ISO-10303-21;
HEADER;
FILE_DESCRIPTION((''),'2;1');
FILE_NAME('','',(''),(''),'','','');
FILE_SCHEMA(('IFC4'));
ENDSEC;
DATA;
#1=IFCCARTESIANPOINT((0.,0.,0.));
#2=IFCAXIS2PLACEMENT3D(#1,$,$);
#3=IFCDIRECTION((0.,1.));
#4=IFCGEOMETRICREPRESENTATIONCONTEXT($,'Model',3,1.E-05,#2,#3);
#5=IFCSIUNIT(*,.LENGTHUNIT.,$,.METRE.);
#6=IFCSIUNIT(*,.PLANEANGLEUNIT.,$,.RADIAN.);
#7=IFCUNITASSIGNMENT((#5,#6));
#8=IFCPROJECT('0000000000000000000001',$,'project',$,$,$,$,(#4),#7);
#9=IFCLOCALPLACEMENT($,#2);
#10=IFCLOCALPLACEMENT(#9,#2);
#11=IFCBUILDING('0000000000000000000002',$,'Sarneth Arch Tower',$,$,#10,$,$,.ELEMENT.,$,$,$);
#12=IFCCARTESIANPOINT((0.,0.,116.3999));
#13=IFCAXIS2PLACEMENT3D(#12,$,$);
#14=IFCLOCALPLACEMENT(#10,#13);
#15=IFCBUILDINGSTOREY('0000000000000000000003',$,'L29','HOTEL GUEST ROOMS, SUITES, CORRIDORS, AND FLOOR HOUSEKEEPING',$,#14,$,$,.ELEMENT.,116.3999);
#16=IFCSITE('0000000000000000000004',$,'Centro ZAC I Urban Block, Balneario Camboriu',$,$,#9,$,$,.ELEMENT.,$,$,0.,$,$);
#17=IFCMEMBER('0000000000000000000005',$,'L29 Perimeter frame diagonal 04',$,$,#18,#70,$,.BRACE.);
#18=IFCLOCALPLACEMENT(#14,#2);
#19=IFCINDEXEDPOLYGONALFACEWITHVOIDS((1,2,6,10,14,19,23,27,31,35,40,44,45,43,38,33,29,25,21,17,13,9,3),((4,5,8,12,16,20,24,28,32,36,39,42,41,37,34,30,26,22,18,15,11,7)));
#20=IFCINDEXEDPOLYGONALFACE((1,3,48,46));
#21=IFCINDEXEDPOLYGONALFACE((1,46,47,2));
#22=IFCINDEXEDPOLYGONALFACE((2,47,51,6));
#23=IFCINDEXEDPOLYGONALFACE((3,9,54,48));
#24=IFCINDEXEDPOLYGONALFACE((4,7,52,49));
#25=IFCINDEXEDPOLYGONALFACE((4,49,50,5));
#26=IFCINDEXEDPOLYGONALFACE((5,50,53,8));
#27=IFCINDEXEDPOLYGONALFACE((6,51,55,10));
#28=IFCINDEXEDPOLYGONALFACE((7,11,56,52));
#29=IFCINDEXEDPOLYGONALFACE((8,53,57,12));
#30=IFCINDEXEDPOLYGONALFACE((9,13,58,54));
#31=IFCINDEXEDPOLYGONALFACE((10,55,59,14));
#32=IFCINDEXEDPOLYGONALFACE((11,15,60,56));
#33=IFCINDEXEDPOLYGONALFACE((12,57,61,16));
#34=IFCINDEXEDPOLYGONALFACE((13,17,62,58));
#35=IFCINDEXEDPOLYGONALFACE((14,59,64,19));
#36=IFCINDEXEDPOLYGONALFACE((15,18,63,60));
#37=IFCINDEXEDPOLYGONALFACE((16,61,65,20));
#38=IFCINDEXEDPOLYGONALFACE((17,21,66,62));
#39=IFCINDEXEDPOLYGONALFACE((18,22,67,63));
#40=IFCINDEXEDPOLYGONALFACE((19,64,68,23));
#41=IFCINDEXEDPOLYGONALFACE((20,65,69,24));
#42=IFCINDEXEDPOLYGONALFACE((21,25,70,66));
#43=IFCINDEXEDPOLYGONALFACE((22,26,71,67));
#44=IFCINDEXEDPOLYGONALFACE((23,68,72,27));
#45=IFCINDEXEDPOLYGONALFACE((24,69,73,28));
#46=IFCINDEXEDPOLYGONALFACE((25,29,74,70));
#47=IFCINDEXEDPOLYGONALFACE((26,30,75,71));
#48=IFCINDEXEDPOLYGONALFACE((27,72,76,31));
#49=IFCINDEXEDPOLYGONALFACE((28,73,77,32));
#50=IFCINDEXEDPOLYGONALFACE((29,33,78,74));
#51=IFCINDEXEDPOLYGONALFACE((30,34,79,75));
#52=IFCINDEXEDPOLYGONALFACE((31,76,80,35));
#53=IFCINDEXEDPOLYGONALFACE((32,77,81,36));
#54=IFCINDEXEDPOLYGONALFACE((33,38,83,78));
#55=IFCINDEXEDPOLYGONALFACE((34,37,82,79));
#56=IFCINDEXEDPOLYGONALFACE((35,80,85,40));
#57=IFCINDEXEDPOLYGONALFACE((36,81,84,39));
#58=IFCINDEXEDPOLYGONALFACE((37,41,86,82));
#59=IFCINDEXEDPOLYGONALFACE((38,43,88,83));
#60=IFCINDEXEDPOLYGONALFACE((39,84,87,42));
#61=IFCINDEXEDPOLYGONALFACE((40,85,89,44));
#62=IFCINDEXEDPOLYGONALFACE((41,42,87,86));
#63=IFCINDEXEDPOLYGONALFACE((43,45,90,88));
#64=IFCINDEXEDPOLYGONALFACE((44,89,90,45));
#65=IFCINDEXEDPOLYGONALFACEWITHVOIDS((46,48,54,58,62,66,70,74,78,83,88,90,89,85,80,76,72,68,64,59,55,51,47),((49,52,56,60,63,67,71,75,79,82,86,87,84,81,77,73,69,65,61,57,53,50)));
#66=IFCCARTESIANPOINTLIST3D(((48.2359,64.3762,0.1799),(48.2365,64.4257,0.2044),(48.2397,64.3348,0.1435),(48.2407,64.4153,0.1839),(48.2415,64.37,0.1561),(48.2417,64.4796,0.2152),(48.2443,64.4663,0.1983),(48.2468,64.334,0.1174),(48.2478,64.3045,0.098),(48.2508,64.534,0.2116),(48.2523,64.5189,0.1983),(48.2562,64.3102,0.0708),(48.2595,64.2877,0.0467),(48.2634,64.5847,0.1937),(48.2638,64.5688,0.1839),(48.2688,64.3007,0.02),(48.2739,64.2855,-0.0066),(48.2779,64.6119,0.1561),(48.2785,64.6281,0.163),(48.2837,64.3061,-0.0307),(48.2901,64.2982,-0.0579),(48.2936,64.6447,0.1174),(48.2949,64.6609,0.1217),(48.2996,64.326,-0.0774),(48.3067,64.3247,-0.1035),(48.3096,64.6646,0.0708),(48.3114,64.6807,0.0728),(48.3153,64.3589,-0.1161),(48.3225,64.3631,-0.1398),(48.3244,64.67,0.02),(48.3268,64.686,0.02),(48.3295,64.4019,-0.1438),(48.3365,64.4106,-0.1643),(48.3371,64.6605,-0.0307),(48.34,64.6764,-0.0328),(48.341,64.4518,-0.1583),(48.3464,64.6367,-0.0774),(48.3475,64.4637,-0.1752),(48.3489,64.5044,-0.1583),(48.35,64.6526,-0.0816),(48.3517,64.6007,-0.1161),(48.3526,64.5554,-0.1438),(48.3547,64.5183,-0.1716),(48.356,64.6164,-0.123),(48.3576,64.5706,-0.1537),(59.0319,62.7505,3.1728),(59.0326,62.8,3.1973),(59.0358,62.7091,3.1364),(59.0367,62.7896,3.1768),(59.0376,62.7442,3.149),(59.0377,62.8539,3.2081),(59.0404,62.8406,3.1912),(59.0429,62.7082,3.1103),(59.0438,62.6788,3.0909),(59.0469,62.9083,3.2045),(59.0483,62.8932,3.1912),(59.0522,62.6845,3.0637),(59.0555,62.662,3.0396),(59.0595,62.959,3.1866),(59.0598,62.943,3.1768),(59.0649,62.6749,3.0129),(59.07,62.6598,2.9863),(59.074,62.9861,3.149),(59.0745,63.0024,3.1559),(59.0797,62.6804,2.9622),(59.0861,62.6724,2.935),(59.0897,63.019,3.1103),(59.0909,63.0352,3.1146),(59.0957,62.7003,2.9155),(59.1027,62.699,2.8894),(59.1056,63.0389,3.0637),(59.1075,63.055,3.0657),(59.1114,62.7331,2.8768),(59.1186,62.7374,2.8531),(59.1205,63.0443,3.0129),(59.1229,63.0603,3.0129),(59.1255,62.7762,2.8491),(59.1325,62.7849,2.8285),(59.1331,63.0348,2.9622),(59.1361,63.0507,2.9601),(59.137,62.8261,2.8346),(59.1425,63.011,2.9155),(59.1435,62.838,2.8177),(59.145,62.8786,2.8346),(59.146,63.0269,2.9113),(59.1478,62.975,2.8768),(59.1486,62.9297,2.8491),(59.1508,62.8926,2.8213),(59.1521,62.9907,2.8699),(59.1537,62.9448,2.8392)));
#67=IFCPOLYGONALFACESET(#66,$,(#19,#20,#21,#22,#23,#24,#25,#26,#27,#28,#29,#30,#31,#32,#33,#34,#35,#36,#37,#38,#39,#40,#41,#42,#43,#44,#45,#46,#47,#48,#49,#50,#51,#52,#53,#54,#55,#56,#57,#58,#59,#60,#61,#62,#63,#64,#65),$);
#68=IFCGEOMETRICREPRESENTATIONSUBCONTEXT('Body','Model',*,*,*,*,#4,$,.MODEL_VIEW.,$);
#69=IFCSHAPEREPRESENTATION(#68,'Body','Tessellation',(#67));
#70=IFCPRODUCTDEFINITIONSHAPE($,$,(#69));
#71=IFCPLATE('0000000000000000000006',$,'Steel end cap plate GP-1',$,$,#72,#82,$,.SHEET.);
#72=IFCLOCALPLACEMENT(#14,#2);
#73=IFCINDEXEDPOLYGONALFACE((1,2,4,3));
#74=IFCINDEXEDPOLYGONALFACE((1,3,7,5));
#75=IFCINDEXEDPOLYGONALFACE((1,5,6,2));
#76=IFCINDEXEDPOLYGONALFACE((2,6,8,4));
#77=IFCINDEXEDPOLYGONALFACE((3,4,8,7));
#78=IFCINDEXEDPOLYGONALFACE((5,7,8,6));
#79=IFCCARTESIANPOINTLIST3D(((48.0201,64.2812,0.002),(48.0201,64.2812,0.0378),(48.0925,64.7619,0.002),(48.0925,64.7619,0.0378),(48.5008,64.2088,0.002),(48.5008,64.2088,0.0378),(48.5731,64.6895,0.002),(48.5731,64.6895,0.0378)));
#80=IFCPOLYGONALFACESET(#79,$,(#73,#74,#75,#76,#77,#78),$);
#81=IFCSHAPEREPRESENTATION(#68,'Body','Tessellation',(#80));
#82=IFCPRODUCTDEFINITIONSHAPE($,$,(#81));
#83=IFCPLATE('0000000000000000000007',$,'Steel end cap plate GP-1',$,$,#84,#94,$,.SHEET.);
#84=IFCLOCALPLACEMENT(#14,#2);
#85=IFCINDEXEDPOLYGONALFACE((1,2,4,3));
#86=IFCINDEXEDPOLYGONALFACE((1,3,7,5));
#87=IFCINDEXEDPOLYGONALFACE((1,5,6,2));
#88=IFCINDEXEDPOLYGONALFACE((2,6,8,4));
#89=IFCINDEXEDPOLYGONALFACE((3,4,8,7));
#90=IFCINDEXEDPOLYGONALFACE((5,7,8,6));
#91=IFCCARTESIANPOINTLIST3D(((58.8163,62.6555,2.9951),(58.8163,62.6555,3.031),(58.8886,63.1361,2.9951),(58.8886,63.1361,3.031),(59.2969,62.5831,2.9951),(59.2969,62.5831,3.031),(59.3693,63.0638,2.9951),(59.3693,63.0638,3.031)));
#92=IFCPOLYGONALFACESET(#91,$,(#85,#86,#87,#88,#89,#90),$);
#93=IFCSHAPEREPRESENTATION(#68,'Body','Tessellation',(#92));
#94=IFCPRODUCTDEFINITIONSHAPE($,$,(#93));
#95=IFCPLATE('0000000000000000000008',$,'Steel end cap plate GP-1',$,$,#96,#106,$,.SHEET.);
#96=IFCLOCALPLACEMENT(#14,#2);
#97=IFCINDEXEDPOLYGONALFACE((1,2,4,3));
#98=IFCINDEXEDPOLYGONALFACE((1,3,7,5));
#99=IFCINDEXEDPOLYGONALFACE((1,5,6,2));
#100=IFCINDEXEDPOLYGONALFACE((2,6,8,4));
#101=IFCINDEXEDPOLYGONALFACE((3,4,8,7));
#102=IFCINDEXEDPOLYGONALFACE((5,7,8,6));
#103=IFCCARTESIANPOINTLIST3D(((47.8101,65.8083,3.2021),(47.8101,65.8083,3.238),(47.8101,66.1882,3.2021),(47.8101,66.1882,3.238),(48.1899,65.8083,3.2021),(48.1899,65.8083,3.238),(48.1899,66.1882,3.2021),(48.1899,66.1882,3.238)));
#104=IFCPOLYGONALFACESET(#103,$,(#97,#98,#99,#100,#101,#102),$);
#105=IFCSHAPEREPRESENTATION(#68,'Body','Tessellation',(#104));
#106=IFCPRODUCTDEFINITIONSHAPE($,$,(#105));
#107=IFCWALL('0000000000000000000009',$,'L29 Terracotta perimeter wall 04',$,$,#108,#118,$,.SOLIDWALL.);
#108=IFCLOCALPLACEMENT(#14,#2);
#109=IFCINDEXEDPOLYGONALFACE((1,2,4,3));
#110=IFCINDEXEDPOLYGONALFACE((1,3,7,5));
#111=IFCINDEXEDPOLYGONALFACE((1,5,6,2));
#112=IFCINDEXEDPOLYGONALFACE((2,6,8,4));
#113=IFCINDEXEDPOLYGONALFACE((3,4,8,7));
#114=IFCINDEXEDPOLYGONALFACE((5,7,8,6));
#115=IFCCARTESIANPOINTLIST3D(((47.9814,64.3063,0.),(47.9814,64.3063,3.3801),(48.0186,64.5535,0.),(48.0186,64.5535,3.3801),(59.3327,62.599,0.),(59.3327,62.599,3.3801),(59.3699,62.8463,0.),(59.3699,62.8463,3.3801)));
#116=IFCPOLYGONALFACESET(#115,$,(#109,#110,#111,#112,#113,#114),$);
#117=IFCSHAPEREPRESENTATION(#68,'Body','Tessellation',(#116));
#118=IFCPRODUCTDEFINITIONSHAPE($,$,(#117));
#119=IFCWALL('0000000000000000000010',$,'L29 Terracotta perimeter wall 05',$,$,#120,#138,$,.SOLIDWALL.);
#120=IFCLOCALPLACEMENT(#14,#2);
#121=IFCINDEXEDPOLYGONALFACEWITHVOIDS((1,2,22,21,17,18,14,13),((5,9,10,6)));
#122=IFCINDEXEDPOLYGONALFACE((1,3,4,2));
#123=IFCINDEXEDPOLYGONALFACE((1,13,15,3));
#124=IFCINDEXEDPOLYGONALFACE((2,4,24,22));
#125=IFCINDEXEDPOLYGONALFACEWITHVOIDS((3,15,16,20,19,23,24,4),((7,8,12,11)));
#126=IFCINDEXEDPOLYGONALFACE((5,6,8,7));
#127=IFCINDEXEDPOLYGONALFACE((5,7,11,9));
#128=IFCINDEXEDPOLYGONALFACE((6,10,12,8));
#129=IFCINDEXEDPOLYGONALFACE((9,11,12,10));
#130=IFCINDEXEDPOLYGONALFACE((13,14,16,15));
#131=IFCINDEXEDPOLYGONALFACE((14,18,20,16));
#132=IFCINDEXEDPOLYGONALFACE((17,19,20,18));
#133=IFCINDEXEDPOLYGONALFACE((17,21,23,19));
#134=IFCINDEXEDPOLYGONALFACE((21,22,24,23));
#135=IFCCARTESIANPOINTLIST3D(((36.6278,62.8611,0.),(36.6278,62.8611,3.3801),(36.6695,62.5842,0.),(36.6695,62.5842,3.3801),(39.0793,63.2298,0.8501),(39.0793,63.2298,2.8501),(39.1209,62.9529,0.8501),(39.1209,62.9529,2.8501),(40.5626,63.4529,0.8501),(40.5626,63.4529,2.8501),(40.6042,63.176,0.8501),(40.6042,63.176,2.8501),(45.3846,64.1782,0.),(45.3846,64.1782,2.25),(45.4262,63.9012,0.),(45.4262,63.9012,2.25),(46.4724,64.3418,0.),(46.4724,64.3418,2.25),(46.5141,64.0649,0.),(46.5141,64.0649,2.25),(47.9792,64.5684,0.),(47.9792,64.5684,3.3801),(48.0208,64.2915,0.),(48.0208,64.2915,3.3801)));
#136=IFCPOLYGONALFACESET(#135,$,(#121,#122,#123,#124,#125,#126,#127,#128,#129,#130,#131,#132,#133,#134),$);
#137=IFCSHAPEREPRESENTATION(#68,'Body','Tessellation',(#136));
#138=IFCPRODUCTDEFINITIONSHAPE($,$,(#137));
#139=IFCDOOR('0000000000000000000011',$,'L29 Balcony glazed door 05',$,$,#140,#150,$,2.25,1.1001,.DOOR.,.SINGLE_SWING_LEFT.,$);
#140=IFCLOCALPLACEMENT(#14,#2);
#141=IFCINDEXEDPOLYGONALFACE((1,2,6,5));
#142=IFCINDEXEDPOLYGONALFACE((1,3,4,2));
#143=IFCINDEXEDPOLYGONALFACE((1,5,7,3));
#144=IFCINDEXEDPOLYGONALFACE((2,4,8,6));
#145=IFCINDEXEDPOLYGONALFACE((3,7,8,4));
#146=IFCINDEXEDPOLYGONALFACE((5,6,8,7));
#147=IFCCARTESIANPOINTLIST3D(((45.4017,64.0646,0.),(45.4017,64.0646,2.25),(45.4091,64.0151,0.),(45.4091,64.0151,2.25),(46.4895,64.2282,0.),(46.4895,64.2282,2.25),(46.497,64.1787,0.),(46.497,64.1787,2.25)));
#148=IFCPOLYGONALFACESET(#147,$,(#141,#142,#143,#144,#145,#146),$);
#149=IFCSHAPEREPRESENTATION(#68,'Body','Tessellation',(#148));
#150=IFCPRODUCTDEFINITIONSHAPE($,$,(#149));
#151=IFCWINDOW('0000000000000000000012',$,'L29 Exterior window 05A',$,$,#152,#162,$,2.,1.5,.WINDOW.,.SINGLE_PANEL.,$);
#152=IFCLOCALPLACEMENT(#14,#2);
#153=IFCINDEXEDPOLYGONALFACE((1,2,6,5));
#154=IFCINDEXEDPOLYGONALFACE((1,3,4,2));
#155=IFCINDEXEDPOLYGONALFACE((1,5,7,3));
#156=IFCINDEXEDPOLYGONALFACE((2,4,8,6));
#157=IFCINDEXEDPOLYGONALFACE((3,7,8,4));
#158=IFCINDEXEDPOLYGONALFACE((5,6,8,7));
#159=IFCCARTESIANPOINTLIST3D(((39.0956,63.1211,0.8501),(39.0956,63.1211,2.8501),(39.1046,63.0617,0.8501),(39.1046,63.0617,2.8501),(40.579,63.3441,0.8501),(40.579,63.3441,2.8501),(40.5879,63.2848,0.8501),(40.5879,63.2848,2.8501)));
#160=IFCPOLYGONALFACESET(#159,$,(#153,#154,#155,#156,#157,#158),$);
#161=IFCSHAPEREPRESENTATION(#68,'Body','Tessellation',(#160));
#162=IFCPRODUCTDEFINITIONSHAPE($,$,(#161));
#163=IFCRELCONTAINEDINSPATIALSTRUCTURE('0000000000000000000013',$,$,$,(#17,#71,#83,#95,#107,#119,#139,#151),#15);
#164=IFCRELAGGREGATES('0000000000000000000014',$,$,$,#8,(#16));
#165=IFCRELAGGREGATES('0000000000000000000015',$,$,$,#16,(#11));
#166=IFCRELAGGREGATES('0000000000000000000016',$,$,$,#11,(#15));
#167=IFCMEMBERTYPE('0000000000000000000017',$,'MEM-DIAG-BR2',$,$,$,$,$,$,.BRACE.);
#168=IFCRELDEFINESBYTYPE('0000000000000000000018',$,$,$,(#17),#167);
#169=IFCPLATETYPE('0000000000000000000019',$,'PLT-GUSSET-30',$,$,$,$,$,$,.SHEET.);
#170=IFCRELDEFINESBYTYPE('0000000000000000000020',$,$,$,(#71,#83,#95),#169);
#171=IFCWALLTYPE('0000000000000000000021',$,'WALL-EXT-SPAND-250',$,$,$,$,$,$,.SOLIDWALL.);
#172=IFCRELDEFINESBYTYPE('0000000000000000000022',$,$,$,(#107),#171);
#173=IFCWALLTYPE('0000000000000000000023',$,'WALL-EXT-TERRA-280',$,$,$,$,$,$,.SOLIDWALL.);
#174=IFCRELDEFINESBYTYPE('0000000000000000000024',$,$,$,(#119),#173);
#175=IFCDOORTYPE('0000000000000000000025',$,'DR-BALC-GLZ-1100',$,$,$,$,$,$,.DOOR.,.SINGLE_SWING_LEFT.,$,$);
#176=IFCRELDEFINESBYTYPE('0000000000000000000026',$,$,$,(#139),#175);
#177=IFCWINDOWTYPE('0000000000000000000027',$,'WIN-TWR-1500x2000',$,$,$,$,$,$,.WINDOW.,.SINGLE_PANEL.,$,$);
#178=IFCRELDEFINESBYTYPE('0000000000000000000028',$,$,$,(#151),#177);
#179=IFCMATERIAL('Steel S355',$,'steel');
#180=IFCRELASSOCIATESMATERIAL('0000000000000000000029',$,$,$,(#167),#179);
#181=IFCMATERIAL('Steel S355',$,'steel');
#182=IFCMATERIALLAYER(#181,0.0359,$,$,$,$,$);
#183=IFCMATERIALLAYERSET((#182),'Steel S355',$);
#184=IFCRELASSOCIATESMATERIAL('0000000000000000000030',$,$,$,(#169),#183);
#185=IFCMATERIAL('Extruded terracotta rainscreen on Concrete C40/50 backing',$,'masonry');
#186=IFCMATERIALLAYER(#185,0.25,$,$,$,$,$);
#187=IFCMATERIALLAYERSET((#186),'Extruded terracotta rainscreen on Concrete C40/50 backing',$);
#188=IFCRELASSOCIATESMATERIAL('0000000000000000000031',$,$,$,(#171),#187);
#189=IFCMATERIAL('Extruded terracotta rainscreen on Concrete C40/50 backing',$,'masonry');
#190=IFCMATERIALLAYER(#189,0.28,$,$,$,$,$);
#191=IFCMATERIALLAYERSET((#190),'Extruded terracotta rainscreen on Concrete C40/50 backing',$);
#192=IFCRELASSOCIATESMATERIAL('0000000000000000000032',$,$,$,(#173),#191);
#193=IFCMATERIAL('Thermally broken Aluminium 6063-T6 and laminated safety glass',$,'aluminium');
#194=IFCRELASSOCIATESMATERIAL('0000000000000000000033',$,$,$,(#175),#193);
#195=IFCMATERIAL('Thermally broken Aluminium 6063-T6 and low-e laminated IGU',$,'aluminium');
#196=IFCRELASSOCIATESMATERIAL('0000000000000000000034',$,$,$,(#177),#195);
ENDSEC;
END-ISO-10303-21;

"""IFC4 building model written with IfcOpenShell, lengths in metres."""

from ifc_helpers import new_model, si_unit, direction, frame, frame_2d, origin, origin_2d, place, context, subcontext, project, spatial, rectangle, hollow_circle, extrude, material, layer, layer_set, material_profile, profile_set, type_object, element, fill, save


model = new_model("IFC4")

# Units and contexts
model_context = context("Model", 3, precision=1e-05, world=origin(), true_north=direction((0.0, 1.0)))
body_context = subcontext(model_context, "Body", "Model", "MODEL_VIEW")
ifc_project = project(units=[si_unit("LENGTHUNIT", "METRE"), si_unit("PLANEANGLEUNIT", "RADIAN")], contexts=[model_context])

# Site, building, storey
site_placement = place(None, origin())
site = spatial("IfcSite", under=ifc_project, at=site_placement, Name="Centro ZAC I Urban Block, Balneario Camboriu", CompositionType="ELEMENT", RefElevation=0.0)
building_placement = place(site_placement, origin())
building = spatial("IfcBuilding", under=site, at=building_placement, Name="Sarneth Arch Tower", CompositionType="ELEMENT")
storey_placement = place(building_placement, frame((0.0, 0.0, 116.3999)))
storey = spatial("IfcBuildingStorey", under=building, at=storey_placement, Name="L29", Description="HOTEL GUEST ROOMS, SUITES, CORRIDORS, AND FLOOR HOUSEKEEPING", CompositionType="ELEMENT", Elevation=116.3999)

# Member
ifc_material_1 = material(Name="Steel S355", Category="steel")
ifc_material_profile_1 = material_profile(ifc_material_1, hollow_circle(Radius=0.2029, WallThickness=0.0161, at=origin_2d()), Name="CHS406x16")
ifc_profile_set_1 = profile_set([ifc_material_profile_1], Name="Steel S355")
member_type_1 = type_object("IfcMemberType", Name="MEM-DIAG-BR2", PredefinedType="BRACE", material=ifc_profile_set_1)
member_1_placement = place(storey_placement, frame((48.2966, 64.4854, 0.02), z_axis=(0.953668, -0.143608, 0.264377), x_axis=(0.148906, 0.988851, 0.0)))
element("IfcMember", 1, at=member_1_placement, inside=storey, type_object=member_type_1, Name="L29 Perimeter frame diagonal 04", PredefinedType="BRACE", context=body_context, shape_type="SweptSolid", body=[
    extrude(hollow_circle(Radius=0.2029, WallThickness=0.0161, at=origin_2d()), origin(), (0.0, 0.0, 1.0), 11.3206),
])

# Plates
ifc_material_2 = material(Name="Steel S355", Category="steel")
ifc_layer_1 = layer(ifc_material_2, 0.0359)
ifc_layer_set_1 = layer_set([ifc_layer_1], Name="Steel S355")
plate_type = type_object("IfcPlateType", Name="PLT-GUSSET-30", PredefinedType="SHEET", material=ifc_layer_set_1)
for number, where, z_axis, x_axis, name in (
    (2, (48.2966, 64.4854, 0.002), (0.0, 0.0, 1.0), (-0.988861, 0.148845, 0.0), "Steel end cap plate GP-1"),
    (3, (59.0928, 62.8596, 2.9951), (0.0, 0.0, 1.0), (-0.988861, 0.148845, 0.0), "Steel end cap plate GP-1"),
):
    element("IfcPlate", number, at=place(storey_placement, frame(where, z_axis=z_axis, x_axis=x_axis)), inside=storey, type_object=plate_type, Name=name, PredefinedType="SHEET", context=body_context, shape_type="SweptSolid", body=[
        extrude(rectangle(XDim=0.4861, YDim=0.4861, at=origin_2d()), origin(), (0.0, 0.0, 1.0), 0.0359),
    ])
plate_placement = place(storey_placement, frame((48.0, 65.9983, 3.2021), z_axis=(0.0, 0.0, 1.0), x_axis=(0.0, 1.0, 0.0)))
element("IfcPlate", 4, at=plate_placement, inside=storey, type_object=plate_type, Name="Steel end cap plate GP-1", PredefinedType="SHEET", context=body_context, shape_type="SweptSolid", body=[
    extrude(rectangle(XDim=0.3799, YDim=0.3799, at=origin_2d()), origin(), (0.0, 0.0, 1.0), 0.0359),
])

# Wall
ifc_material_3 = material(Name="Extruded terracotta rainscreen on Concrete C40/50 backing", Category="masonry")
ifc_layer_2 = layer(ifc_material_3, 0.25)
ifc_layer_set_2 = layer_set([ifc_layer_2], Name="Extruded terracotta rainscreen on Concrete C40/50 backing")
wall_type_1 = type_object("IfcWallType", Name="WALL-EXT-SPAND-250", PredefinedType="SOLIDWALL", material=ifc_layer_set_2)
wall_1_placement = place(storey_placement, frame((59.3513, 62.7227, 0.0), z_axis=(0.0, 0.0, 1.0), x_axis=(-0.988878, 0.14873, 0.0)))
element("IfcWall", 5, at=wall_1_placement, inside=storey, type_object=wall_type_1, Name="L29 Terracotta perimeter wall 04", PredefinedType="SOLIDWALL", context=body_context, shape_type="SweptSolid", body=[
    extrude(rectangle(XDim=11.479, YDim=0.25, at=frame_2d((5.7395, 0.0))), origin(), (0.0, 0.0, 1.0), 3.3801),
])

# Wall, openings, door, window
ifc_material_4 = material(Name="Extruded terracotta rainscreen on Concrete C40/50 backing", Category="masonry")
ifc_layer_3 = layer(ifc_material_4, 0.28)
ifc_layer_set_3 = layer_set([ifc_layer_3], Name="Extruded terracotta rainscreen on Concrete C40/50 backing")
wall_type_2 = type_object("IfcWallType", Name="WALL-EXT-TERRA-280", PredefinedType="SOLIDWALL", material=ifc_layer_set_3)
wall_2_placement = place(storey_placement, frame((48.0, 64.4299, 0.0), z_axis=(0.0, 0.0, 1.0), x_axis=(-0.988878, -0.14873, 0.0)))
wall_2 = element("IfcWall", 6, at=wall_2_placement, inside=storey, type_object=wall_type_2, Name="L29 Terracotta perimeter wall 05", PredefinedType="SOLIDWALL", context=body_context, shape_type="SweptSolid", body=[
    extrude(rectangle(XDim=11.479, YDim=0.28, at=frame_2d((5.7395, 0.0))), origin(), (0.0, 0.0, 1.0), 3.3801),
])
opening_1_placement = place(wall_2_placement, frame((1.5237, 0.0, 0.0)))
opening_1 = element("IfcOpeningElement", 7, at=opening_1_placement, cuts=wall_2, PredefinedType="OPENING", context=body_context, shape_type="SweptSolid", body=[
    extrude(rectangle(XDim=1.1001, YDim=2.25, at=frame_2d((0.55, 1.125))), frame((0.0, 0.1499, 0.0), z_axis=(0.0, -1.0, 0.0), x_axis=(1.0, 0.0, 0.0)), (0.0, 0.0, 1.0), 0.3),
])
opening_2_placement = place(wall_2_placement, frame((7.5, 0.0, 0.8501)))
opening_2 = element("IfcOpeningElement", 8, at=opening_2_placement, cuts=wall_2, PredefinedType="OPENING", context=body_context, shape_type="SweptSolid", body=[
    extrude(rectangle(XDim=1.5, YDim=2.0, at=frame_2d((0.75, 1.0))), frame((0.0, 0.1499, 0.0), z_axis=(0.0, -1.0, 0.0), x_axis=(1.0, 0.0, 0.0)), (0.0, 0.0, 1.0), 0.3),
])
ifc_material_5 = material(Name="Thermally broken Aluminium 6063-T6 and laminated safety glass", Category="aluminium")
door_type_1 = type_object("IfcDoorType", Name="DR-BALC-GLZ-1100", OperationType="SINGLE_SWING_LEFT", PredefinedType="DOOR", material=ifc_material_5)
door_1_placement = place(opening_1_placement, origin())
door_1 = element("IfcDoor", 9, at=door_1_placement, inside=storey, type_object=door_type_1, Name="L29 Balcony glazed door 05", OperationType="SINGLE_SWING_LEFT", OverallHeight=2.25, OverallWidth=1.1001, PredefinedType="DOOR", context=body_context, shape_type="SweptSolid", body=[
    extrude(rectangle(XDim=1.1001, YDim=2.25, at=frame_2d((0.55, 1.125))), frame((0.0, 0.0249, 0.0), z_axis=(0.0, -1.0, 0.0), x_axis=(1.0, 0.0, 0.0)), (0.0, 0.0, 1.0), 0.05),
])
fill(opening_1, door_1)
ifc_material_6 = material(Name="Thermally broken Aluminium 6063-T6 and low-e laminated IGU", Category="aluminium")
window_type = type_object("IfcWindowType", Name="WIN-TWR-1500x2000", PartitioningType="SINGLE_PANEL", PredefinedType="WINDOW", material=ifc_material_6)
window_placement = place(opening_2_placement, origin())
window = element("IfcWindow", 10, at=window_placement, inside=storey, type_object=window_type, Name="L29 Exterior window 05A", OverallHeight=2.0, OverallWidth=1.5, PartitioningType="SINGLE_PANEL", PredefinedType="WINDOW", context=body_context, shape_type="SweptSolid", body=[
    extrude(rectangle(XDim=1.5, YDim=2.0, at=frame_2d((0.75, 1.0))), frame((0.0, 0.03, 0.0), z_axis=(0.0, -1.0, 0.0), x_axis=(1.0, 0.0, 0.0)), (0.0, 0.0, 1.0), 0.0601),
])
fill(opening_2, window)

save(model, "model.ifc")
